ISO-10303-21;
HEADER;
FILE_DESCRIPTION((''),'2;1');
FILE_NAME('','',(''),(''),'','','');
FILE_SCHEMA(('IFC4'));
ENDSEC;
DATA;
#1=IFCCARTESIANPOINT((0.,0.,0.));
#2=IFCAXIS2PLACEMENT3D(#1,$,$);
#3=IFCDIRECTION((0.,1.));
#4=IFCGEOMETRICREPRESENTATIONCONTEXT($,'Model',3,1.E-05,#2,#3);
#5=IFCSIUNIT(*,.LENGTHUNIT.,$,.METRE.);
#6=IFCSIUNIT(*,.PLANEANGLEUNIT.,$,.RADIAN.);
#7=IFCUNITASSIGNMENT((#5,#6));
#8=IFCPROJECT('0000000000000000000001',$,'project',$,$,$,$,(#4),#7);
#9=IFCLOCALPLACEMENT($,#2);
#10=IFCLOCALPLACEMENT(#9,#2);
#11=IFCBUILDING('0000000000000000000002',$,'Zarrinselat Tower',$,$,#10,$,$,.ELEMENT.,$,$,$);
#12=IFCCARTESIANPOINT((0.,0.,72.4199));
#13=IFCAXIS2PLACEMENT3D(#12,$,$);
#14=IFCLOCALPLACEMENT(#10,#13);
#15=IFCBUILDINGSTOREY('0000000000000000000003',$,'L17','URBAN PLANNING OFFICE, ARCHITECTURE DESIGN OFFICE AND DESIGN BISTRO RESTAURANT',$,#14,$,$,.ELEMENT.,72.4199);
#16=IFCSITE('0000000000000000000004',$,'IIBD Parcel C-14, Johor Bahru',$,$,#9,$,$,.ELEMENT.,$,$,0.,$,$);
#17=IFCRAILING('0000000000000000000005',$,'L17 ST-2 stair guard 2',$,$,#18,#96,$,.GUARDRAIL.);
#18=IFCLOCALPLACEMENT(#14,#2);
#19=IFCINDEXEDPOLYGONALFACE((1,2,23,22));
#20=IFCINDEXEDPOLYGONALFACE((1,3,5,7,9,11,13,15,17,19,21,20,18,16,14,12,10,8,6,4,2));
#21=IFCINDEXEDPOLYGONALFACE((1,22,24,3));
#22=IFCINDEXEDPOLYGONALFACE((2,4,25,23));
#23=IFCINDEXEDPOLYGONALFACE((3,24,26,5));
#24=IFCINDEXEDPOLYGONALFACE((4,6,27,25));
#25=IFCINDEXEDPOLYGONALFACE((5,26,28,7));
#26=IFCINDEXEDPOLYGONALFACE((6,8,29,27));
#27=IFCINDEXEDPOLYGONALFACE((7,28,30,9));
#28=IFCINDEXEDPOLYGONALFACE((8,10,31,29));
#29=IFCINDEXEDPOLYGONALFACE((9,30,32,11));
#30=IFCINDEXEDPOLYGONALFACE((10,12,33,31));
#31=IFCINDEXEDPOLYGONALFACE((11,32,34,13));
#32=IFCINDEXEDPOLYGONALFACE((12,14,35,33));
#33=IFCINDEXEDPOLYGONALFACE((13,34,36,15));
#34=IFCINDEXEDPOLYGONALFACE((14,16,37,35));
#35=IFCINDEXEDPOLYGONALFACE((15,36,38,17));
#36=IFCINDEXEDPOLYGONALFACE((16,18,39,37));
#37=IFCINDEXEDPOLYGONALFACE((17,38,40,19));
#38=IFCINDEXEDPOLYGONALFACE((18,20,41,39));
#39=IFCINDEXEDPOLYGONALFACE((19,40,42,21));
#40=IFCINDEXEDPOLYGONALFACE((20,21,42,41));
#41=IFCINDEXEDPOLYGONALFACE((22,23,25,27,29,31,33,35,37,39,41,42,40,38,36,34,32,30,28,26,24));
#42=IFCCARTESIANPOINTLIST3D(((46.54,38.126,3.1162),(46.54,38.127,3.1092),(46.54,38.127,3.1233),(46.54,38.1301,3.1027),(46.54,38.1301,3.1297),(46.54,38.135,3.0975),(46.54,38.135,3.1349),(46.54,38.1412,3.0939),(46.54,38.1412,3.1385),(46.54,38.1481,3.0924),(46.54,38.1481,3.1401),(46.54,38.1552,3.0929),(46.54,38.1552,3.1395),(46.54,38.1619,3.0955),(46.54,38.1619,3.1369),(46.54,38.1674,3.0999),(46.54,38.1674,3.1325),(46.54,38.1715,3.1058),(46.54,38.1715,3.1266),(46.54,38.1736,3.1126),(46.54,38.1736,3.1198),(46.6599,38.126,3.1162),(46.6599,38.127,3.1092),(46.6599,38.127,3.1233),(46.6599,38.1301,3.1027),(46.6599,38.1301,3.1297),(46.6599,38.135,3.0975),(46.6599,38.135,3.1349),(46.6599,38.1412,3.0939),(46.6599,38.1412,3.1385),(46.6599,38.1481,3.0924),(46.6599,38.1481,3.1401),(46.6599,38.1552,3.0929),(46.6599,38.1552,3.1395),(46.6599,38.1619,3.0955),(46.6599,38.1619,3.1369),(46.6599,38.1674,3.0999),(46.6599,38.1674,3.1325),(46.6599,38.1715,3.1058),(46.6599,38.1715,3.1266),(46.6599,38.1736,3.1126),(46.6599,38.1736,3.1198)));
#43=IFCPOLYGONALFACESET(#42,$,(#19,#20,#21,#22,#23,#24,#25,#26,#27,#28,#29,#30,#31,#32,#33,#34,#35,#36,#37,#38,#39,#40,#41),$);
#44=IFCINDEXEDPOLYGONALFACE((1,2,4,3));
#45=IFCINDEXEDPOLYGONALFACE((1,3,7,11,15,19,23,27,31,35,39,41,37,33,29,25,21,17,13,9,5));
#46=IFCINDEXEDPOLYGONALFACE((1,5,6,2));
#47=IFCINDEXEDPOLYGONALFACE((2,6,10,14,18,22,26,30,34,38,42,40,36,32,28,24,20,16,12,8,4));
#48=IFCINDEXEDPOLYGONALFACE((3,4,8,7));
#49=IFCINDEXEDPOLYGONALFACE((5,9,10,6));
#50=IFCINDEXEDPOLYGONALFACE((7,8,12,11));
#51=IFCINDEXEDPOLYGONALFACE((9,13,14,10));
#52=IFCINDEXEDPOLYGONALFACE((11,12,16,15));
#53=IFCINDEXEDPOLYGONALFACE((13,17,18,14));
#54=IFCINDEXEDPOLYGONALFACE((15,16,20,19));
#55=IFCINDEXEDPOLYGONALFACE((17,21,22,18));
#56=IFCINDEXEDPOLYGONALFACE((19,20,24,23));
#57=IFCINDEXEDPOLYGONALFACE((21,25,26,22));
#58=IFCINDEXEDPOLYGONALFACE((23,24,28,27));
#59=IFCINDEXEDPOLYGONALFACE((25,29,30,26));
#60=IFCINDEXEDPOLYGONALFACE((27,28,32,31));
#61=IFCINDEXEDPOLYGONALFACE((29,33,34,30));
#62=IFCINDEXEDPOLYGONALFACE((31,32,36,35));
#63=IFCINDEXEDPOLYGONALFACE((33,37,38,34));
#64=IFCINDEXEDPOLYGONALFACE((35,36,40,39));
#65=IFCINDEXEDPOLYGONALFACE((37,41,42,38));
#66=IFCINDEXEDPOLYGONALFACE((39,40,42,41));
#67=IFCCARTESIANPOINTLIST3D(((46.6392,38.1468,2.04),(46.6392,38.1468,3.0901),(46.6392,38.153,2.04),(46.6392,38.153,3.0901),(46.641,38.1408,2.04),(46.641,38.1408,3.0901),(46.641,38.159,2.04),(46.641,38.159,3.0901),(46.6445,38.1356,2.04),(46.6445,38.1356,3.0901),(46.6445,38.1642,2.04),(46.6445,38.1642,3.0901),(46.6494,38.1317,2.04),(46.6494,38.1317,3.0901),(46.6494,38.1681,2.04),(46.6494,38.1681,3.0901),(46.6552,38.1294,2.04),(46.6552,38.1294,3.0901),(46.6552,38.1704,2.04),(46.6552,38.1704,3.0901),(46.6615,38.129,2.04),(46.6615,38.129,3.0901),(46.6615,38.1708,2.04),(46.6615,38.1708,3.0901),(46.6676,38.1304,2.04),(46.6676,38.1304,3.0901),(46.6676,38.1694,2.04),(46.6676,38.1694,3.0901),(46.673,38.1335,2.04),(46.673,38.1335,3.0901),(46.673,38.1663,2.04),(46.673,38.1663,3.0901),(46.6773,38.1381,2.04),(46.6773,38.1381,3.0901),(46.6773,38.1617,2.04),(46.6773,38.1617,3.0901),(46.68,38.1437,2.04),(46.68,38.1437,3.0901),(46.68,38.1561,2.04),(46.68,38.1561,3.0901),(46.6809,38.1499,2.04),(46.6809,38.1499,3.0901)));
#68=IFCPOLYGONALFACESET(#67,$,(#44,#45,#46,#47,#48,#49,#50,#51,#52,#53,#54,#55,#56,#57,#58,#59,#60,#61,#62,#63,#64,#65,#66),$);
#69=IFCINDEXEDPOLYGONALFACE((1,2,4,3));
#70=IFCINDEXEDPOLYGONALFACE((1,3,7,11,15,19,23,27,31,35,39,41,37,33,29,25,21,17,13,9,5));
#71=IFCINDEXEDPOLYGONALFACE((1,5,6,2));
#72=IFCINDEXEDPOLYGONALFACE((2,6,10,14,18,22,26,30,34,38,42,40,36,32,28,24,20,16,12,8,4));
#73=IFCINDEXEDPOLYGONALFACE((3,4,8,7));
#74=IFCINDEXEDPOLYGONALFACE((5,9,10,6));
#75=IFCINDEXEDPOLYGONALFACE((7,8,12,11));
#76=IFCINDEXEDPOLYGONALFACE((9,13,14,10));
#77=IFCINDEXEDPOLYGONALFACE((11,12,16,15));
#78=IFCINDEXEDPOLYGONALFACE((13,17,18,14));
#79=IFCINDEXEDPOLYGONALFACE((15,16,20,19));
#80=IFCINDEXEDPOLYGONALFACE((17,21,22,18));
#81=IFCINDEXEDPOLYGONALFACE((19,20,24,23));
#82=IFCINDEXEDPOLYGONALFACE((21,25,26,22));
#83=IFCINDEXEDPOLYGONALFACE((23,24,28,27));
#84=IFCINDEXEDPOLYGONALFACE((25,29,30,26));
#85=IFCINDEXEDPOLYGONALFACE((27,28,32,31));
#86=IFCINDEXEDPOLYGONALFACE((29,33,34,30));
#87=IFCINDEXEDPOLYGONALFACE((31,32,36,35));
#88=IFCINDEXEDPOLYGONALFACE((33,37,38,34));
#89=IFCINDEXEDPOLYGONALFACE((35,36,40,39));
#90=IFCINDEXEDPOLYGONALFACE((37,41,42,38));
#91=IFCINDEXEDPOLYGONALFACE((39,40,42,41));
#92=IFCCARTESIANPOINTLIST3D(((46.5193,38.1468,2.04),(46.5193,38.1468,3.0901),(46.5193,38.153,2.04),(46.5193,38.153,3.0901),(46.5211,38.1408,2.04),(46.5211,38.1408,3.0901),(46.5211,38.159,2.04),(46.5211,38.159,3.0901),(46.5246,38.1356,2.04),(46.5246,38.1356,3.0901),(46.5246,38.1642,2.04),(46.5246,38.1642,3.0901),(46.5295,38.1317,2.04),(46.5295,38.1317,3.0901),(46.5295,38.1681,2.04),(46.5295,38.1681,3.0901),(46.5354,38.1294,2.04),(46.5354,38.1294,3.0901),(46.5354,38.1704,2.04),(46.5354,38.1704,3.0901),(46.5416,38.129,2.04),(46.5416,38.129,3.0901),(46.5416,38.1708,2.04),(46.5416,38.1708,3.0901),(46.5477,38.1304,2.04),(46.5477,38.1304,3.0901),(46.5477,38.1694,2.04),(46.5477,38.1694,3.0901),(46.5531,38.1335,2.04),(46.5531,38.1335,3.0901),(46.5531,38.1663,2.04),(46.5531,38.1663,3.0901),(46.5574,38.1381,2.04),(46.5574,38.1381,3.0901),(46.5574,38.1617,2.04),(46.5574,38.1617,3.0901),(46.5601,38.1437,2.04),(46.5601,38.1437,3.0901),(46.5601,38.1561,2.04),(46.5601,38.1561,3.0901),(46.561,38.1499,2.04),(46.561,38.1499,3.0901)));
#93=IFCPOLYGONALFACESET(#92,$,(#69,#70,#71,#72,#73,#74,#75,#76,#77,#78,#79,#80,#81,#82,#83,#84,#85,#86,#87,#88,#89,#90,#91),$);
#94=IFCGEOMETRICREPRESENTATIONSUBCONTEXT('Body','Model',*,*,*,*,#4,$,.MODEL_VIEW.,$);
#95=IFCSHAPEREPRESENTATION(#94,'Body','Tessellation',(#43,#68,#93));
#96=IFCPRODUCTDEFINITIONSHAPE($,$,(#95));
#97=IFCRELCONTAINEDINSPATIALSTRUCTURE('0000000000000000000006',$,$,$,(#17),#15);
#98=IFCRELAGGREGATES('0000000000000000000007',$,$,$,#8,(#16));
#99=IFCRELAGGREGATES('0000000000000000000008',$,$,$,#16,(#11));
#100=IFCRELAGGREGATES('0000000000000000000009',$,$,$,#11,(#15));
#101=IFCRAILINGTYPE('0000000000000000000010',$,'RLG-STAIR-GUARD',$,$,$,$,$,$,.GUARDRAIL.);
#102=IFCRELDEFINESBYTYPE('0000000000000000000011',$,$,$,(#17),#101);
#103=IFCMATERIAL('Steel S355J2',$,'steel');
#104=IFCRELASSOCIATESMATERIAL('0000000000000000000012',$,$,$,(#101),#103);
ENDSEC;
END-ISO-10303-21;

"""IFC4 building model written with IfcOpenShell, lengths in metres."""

from ifc_helpers import new_model, si_unit, direction, frame, origin, origin_2d, place, context, subcontext, project, spatial, circle, extrude, material, type_object, element, save


model = new_model("IFC4")

# Units and contexts
model_context = context("Model", 3, precision=1e-05, world=origin(), true_north=direction((0.0, 1.0)))
body_context = subcontext(model_context, "Body", "Model", "MODEL_VIEW")
ifc_project = project(units=[si_unit("LENGTHUNIT", "METRE"), si_unit("PLANEANGLEUNIT", "RADIAN")], contexts=[model_context])

# Site, building, storey
site_placement = place(None, origin())
site = spatial("IfcSite", under=ifc_project, at=site_placement, Name="IIBD Parcel C-14, Johor Bahru", CompositionType="ELEMENT", RefElevation=0.0)
building_placement = place(site_placement, origin())
building = spatial("IfcBuilding", under=site, at=building_placement, Name="Zarrinselat Tower", CompositionType="ELEMENT")
storey_placement = place(building_placement, frame((0.0, 0.0, 72.4199)))
storey = spatial("IfcBuildingStorey", under=building, at=storey_placement, Name="L17", Description="URBAN PLANNING OFFICE, ARCHITECTURE DESIGN OFFICE AND DESIGN BISTRO RESTAURANT", CompositionType="ELEMENT", Elevation=72.4199)

# Railing
ifc_material_1 = material(Name="Steel S355J2", Category="steel")
railing_type_1 = type_object("IfcRailingType", Name="RLG-STAIR-GUARD", PredefinedType="GUARDRAIL", material=ifc_material_1)
railing_1_placement = place(storey_placement, frame((46.6599, 38.1499, 2.04)))
element("IfcRailing", 1, at=railing_1_placement, inside=storey, type_object=railing_type_1, Name="L17 ST-2 stair guard 2", PredefinedType="GUARDRAIL", context=body_context, shape_type="SweptSolid", body=[
    extrude(circle(Radius=0.0239, at=origin_2d()), frame((0.0, 0.0, 1.0762), z_axis=(-1.0, 0.0, 0.0), x_axis=(0.0, -1.0, 0.0)), (0.0, 0.0, 1.0), 0.1199),
    extrude(circle(Radius=0.021, at=origin_2d()), origin(), (0.0, 0.0, 1.0), 1.05),
    extrude(circle(Radius=0.021, at=origin_2d()), frame((-0.1199, 0.0, 0.0)), (0.0, 0.0, 1.0), 1.05),
])

save(model, "model.ifc")
